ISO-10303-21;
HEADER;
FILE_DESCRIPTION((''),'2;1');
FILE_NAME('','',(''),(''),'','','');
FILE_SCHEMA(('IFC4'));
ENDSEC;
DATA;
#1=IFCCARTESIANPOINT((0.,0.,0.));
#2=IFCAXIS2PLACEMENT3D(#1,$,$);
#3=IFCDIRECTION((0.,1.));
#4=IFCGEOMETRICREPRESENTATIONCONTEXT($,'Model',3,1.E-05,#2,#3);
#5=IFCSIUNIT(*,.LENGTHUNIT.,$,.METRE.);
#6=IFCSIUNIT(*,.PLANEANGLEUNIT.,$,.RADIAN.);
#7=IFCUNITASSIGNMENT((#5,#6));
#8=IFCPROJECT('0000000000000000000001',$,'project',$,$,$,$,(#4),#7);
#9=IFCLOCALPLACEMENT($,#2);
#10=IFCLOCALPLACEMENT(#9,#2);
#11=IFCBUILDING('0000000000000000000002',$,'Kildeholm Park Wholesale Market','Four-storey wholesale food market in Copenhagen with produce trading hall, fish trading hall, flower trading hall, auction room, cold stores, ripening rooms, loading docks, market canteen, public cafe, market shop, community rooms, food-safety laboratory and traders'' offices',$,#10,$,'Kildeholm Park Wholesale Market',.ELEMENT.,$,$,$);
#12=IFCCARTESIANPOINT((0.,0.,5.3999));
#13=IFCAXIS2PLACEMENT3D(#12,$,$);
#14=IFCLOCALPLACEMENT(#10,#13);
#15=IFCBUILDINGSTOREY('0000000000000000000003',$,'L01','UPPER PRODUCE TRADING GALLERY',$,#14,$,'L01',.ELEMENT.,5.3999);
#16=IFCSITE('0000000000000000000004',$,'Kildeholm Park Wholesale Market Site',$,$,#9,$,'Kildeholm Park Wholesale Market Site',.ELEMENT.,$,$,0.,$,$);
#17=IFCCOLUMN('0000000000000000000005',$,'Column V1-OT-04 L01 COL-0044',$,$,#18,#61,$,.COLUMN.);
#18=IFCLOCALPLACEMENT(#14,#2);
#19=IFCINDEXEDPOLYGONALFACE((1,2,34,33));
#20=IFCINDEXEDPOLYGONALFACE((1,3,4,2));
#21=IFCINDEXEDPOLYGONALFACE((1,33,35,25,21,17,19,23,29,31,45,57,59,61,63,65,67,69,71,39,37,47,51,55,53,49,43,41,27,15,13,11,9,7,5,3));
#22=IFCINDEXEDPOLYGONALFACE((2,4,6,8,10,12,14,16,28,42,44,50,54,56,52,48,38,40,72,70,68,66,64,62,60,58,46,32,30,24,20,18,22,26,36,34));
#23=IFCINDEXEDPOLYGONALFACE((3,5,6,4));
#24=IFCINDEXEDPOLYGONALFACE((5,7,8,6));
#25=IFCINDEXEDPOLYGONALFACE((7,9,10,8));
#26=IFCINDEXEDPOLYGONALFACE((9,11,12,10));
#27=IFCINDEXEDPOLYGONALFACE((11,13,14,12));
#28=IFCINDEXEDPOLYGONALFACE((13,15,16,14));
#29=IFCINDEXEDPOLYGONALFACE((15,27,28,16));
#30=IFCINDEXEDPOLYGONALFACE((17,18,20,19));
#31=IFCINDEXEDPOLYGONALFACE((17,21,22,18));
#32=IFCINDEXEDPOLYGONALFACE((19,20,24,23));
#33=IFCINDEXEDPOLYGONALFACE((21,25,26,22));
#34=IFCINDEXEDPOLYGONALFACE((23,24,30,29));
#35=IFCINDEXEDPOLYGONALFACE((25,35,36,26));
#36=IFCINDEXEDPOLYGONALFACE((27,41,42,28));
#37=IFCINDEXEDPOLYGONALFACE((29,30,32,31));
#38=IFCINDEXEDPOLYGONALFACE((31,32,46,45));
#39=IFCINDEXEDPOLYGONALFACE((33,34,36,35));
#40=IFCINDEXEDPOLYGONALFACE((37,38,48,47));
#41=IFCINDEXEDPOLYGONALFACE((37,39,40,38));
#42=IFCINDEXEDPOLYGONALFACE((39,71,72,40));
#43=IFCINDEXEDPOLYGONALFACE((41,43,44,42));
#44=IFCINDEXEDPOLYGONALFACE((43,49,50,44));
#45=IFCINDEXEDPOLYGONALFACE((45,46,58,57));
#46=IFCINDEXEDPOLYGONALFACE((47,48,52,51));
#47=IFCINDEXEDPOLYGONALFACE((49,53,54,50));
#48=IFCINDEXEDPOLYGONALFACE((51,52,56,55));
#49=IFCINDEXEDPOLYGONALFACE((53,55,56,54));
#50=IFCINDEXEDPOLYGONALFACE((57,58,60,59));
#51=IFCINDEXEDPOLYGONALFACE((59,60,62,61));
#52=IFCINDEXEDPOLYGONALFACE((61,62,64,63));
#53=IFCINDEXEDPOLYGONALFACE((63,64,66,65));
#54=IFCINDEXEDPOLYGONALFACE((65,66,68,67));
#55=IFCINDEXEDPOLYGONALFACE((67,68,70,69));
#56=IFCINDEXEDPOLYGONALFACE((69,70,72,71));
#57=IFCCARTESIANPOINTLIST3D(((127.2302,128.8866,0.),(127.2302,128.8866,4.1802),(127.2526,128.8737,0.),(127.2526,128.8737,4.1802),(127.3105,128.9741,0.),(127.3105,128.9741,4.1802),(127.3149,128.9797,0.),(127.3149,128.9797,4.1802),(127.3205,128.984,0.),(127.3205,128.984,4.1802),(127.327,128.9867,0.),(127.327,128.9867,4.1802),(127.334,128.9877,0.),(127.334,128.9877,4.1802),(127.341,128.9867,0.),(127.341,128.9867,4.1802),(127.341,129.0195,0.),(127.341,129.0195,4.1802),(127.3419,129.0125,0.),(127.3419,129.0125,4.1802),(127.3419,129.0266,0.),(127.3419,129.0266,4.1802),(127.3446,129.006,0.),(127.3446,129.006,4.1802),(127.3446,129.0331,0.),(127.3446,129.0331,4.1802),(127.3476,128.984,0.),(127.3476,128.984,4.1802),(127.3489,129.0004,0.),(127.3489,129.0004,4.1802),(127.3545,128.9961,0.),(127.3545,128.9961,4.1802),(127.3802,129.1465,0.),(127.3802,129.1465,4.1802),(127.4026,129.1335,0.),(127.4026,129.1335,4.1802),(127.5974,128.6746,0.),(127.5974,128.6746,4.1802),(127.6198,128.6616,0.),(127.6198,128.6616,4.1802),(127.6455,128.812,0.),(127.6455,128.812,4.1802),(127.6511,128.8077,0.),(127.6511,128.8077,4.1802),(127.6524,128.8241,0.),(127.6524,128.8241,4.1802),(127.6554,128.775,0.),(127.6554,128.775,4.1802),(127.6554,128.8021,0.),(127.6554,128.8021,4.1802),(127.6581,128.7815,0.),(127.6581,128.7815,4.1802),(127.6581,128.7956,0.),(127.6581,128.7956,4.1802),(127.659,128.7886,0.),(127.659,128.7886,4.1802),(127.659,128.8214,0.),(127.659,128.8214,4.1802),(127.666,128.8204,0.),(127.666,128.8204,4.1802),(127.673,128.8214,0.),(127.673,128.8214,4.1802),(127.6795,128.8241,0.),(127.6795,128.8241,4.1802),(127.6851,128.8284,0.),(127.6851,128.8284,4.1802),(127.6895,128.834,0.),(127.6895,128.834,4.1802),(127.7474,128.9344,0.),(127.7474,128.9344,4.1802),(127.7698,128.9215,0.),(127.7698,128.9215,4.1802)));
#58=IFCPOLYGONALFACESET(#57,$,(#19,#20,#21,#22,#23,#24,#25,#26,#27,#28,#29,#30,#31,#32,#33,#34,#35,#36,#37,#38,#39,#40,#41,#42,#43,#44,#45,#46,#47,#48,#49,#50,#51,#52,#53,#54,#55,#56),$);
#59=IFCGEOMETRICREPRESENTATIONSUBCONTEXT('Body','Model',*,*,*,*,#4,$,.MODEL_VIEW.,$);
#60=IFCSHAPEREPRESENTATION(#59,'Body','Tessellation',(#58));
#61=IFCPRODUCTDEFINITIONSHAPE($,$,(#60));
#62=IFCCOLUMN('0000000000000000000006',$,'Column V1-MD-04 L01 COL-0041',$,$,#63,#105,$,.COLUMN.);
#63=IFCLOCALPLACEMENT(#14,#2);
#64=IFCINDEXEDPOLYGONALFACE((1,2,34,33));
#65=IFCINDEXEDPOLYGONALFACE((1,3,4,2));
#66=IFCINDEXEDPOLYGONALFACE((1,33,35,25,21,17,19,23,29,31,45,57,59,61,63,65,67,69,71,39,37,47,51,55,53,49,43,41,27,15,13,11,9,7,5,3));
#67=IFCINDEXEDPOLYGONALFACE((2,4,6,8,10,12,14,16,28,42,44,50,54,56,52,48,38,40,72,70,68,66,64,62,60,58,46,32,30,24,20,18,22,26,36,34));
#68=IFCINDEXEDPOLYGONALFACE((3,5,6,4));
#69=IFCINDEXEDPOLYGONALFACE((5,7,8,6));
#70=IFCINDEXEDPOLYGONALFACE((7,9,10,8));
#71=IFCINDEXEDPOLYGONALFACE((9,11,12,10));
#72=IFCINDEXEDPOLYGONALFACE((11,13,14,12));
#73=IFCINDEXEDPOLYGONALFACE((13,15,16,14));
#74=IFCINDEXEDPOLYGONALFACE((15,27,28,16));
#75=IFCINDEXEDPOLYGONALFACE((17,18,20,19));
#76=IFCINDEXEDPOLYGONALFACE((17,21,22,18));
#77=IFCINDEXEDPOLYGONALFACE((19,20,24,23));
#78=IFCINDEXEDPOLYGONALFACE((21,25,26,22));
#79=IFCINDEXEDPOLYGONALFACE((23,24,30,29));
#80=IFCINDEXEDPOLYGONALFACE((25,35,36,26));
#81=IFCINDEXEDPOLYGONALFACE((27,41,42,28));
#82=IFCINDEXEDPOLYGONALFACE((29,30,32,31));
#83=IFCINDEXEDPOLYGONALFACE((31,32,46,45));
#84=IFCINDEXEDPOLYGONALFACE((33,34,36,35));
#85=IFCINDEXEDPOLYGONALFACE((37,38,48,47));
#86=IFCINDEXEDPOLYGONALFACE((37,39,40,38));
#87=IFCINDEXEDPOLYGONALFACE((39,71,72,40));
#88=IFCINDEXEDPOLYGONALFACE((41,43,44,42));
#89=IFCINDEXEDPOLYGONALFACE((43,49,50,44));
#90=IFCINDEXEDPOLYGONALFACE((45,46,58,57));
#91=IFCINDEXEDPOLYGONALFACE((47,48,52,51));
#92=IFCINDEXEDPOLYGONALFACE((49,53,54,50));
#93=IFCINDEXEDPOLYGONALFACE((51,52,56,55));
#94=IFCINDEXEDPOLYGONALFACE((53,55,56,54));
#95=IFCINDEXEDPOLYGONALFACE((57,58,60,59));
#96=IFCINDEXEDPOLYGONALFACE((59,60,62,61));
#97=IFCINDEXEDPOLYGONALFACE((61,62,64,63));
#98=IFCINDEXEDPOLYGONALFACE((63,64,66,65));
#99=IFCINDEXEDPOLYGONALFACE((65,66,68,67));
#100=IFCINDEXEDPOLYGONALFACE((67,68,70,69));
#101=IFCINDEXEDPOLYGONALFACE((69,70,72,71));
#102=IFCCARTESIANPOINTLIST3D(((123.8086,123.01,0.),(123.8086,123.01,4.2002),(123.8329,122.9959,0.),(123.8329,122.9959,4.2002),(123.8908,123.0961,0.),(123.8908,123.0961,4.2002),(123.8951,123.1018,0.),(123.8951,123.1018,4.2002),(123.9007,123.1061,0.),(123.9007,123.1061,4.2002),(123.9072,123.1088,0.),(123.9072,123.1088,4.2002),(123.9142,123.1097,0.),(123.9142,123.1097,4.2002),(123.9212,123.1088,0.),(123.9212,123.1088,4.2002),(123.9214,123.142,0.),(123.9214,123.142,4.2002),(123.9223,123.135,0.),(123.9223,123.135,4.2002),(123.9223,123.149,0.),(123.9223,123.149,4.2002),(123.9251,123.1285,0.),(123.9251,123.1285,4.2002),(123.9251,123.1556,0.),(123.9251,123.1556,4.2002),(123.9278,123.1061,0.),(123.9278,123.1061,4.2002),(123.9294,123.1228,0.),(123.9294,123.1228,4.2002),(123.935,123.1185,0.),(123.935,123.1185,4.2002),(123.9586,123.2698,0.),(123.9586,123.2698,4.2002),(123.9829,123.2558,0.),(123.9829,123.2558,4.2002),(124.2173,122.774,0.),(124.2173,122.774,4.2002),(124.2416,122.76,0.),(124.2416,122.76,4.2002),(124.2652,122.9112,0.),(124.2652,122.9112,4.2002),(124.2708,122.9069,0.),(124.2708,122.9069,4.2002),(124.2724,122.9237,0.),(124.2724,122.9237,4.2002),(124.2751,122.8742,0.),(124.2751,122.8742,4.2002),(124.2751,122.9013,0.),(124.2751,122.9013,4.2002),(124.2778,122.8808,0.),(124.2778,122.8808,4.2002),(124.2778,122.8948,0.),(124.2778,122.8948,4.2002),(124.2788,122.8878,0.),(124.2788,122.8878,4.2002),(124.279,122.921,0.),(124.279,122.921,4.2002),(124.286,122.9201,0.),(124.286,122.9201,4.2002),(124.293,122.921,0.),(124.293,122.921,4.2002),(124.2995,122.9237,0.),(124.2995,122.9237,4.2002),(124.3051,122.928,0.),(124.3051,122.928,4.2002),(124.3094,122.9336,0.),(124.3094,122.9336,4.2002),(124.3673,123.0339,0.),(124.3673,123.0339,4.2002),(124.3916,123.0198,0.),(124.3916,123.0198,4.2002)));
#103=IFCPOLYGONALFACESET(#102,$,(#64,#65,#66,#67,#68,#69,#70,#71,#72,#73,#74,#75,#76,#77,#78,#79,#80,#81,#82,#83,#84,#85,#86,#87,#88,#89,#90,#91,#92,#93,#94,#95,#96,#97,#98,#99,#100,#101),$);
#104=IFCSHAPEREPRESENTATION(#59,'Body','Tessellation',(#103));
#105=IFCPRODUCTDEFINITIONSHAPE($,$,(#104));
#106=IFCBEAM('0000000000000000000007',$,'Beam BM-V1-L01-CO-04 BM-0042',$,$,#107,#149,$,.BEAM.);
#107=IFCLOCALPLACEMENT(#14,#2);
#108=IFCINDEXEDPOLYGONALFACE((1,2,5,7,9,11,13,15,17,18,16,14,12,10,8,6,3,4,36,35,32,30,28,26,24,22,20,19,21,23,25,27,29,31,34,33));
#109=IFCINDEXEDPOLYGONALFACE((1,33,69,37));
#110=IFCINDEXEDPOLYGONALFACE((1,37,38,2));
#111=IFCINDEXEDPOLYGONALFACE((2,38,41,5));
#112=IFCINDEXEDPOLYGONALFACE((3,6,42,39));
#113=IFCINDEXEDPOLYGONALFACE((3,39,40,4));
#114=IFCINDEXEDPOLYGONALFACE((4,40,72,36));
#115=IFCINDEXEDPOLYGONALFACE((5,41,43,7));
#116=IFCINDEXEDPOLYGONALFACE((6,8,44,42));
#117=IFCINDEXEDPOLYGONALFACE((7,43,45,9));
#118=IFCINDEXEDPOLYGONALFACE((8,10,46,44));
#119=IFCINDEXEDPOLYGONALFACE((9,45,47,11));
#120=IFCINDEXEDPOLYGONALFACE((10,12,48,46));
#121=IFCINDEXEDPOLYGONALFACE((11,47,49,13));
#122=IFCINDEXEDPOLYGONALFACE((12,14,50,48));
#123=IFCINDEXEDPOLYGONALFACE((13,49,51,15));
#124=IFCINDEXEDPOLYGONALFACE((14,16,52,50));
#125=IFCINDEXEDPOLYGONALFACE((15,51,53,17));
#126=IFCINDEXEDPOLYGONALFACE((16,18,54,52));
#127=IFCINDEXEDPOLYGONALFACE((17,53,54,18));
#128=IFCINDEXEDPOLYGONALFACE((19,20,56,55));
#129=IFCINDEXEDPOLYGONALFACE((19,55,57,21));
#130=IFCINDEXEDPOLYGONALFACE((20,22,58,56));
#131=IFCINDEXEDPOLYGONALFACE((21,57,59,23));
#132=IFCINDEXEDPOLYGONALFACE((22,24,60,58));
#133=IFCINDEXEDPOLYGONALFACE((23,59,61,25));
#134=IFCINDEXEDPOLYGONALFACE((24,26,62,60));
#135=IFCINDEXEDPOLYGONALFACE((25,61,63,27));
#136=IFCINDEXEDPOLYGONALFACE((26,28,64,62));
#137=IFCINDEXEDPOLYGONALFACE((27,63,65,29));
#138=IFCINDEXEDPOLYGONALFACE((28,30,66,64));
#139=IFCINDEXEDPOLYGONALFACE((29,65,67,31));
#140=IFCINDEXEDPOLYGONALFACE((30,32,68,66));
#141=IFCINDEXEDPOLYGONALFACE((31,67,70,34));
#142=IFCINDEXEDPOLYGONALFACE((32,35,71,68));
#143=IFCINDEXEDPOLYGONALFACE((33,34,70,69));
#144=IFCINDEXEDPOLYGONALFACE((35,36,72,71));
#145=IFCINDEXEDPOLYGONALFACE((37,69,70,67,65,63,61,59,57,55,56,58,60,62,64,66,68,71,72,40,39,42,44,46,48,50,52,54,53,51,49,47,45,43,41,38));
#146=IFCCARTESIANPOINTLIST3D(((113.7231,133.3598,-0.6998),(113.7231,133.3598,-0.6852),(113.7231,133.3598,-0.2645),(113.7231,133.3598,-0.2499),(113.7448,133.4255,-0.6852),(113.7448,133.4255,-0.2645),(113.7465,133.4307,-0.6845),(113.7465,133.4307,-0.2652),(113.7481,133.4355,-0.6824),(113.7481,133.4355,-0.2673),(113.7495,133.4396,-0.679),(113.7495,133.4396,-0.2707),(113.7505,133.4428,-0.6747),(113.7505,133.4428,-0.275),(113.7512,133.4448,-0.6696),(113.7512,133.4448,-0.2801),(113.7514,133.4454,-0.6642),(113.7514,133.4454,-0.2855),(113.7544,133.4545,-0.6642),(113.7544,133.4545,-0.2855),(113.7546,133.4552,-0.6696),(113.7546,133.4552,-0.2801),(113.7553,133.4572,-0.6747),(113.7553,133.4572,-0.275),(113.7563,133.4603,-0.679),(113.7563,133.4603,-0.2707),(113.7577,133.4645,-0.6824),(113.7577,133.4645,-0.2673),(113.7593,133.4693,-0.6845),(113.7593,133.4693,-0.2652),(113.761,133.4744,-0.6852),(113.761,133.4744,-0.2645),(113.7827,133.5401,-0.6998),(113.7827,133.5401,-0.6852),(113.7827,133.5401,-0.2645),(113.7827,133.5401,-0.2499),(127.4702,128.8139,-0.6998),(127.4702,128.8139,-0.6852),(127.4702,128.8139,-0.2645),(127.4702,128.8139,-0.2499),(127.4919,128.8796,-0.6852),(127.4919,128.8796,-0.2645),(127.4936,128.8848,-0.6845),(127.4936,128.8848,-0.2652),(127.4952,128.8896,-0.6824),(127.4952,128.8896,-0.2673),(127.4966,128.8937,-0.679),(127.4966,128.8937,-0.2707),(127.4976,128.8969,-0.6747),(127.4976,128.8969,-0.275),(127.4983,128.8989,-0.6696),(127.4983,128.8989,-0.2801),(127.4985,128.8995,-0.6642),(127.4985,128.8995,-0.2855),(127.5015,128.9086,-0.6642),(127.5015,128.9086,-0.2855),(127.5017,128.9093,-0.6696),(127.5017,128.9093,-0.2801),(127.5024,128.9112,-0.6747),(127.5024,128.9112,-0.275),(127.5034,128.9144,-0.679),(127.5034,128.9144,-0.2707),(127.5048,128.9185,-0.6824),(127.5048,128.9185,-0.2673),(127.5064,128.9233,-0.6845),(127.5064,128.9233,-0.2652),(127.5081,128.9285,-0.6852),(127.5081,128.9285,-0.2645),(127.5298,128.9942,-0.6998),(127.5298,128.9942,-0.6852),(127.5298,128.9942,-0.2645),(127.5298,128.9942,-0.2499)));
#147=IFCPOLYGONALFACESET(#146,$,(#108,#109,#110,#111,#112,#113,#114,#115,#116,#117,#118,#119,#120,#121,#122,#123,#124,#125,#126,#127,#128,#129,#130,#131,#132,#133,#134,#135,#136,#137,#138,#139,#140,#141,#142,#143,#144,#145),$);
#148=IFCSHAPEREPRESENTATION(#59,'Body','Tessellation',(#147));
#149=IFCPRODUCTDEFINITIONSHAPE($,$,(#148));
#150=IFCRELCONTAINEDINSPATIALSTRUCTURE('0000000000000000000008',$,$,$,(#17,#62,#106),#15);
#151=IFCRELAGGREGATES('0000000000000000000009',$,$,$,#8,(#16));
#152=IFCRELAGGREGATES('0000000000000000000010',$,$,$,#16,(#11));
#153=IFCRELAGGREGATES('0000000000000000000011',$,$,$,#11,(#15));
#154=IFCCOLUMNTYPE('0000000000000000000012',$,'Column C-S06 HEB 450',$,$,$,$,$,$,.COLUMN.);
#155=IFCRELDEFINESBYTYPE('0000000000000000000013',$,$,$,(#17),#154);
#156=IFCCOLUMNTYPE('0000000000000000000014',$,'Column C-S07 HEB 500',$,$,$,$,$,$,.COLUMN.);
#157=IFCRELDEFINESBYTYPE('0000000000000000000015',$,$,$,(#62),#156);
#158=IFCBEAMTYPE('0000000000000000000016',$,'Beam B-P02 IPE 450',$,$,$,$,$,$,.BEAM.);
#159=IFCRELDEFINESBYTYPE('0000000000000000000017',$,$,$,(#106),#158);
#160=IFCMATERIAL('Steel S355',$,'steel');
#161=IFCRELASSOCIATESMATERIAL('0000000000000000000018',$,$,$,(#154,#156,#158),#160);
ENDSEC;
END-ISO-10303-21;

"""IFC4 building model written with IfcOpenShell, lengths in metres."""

from ifc_helpers import new_model, si_unit, direction, frame, origin, origin_2d, place, context, subcontext, project, spatial, i_section, extrude, material, material_profile, profile_set, type_object, element, save


model = new_model("IFC4")

# Units and contexts
model_context = context("Model", 3, precision=1e-05, world=origin(), true_north=direction((0.0, 1.0)))
body_context = subcontext(model_context, "Body", "Model", "MODEL_VIEW")
ifc_project = project(units=[si_unit("LENGTHUNIT", "METRE"), si_unit("PLANEANGLEUNIT", "RADIAN")], contexts=[model_context])

# Site, building, storey
site_placement = place(None, origin())
site = spatial("IfcSite", under=ifc_project, at=site_placement, Name="Kildeholm Park Wholesale Market Site", LongName="Kildeholm Park Wholesale Market Site", CompositionType="ELEMENT", RefElevation=0.0)
building_placement = place(site_placement, origin())
building = spatial("IfcBuilding", under=site, at=building_placement, Name="Kildeholm Park Wholesale Market", Description="Four-storey wholesale food market in Copenhagen with produce trading hall, fish trading hall, flower trading hall, auction room, cold stores, ripening rooms, loading docks, market canteen, public cafe, market shop, community rooms, food-safety laboratory and traders' offices", LongName="Kildeholm Park Wholesale Market", CompositionType="ELEMENT")
storey_placement = place(building_placement, frame((0.0, 0.0, 5.3999)))
storey = spatial("IfcBuildingStorey", under=building, at=storey_placement, Name="L01", Description="UPPER PRODUCE TRADING GALLERY", LongName="L01", CompositionType="ELEMENT", Elevation=5.3999)

# Columns
ifc_material_1 = material(Name="Steel S355", Category="steel")
ifc_material_profile_1 = material_profile(ifc_material_1, i_section(OverallWidth=0.3, OverallDepth=0.45, WebThickness=0.0139, FlangeThickness=0.0259, FilletRadius=0.0271, at=origin_2d()), Name="HEB 450")
ifc_profile_set_1 = profile_set([ifc_material_profile_1], Name="Steel S355")
column_type_1 = type_object("IfcColumnType", Name="Column C-S06 HEB 450", PredefinedType="COLUMN", material=ifc_profile_set_1)
column_1_placement = place(storey_placement, frame((127.5, 128.9041, 0.0), z_axis=(0.0, 0.0, 1.0), x_axis=(0.5, 0.866025, 0.0)))
element("IfcColumn", 1, at=column_1_placement, inside=storey, type_object=column_type_1, Name="Column V1-OT-04 L01 COL-0044", PredefinedType="COLUMN", context=body_context, shape_type="SweptSolid", body=[
    extrude(i_section(OverallWidth=0.3, OverallDepth=0.45, WebThickness=0.0139, FlangeThickness=0.0259, FilletRadius=0.0271, at=origin_2d()), origin(), (0.0, 0.0, 1.0), 4.1802),
])
ifc_material_profile_2 = material_profile(ifc_material_1, i_section(OverallWidth=0.3, OverallDepth=0.5, WebThickness=0.0144, FlangeThickness=0.0281, FilletRadius=0.0271, at=origin_2d()), Name="HEB 500")
ifc_profile_set_2 = profile_set([ifc_material_profile_2], Name="Steel S355")
column_type_2 = type_object("IfcColumnType", Name="Column C-S07 HEB 500", PredefinedType="COLUMN", material=ifc_profile_set_2)
column_2_placement = place(storey_placement, frame((124.1001, 123.0149, 0.0), z_axis=(0.0, 0.0, 1.0), x_axis=(0.5, 0.866025, 0.0)))
element("IfcColumn", 2, at=column_2_placement, inside=storey, type_object=column_type_2, Name="Column V1-MD-04 L01 COL-0041", PredefinedType="COLUMN", context=body_context, shape_type="SweptSolid", body=[
    extrude(i_section(OverallWidth=0.3, OverallDepth=0.5, WebThickness=0.0144, FlangeThickness=0.0281, FilletRadius=0.0271, at=origin_2d()), origin(), (0.0, 0.0, 1.0), 4.2002),
])

# Beam
ifc_material_profile_3 = material_profile(ifc_material_1, i_section(OverallWidth=0.1899, OverallDepth=0.45, WebThickness=0.0095, FlangeThickness=0.0146, FilletRadius=0.021, at=origin_2d()), Name="IPE 450")
ifc_profile_set_3 = profile_set([ifc_material_profile_3], Name="Steel S355")
beam_type_1 = type_object("IfcBeamType", Name="Beam B-P02 IPE 450", PredefinedType="BEAM", material=ifc_profile_set_3)
beam_1_placement = place(storey_placement, frame((127.5, 128.9041, -0.4749), z_axis=(-0.949436, 0.313961, 0.0), x_axis=(-0.313961, -0.949436, 0.0)))
element("IfcBeam", 3, at=beam_1_placement, inside=storey, type_object=beam_type_1, Name="Beam BM-V1-L01-CO-04 BM-0042", PredefinedType="BEAM", context=body_context, shape_type="SweptSolid", body=[
    extrude(i_section(OverallWidth=0.1899, OverallDepth=0.45, WebThickness=0.0095, FlangeThickness=0.0146, FilletRadius=0.021, at=origin_2d()), origin(), (0.0, 0.0, 1.0), 14.4792),
])

save(model, "model.ifc")
